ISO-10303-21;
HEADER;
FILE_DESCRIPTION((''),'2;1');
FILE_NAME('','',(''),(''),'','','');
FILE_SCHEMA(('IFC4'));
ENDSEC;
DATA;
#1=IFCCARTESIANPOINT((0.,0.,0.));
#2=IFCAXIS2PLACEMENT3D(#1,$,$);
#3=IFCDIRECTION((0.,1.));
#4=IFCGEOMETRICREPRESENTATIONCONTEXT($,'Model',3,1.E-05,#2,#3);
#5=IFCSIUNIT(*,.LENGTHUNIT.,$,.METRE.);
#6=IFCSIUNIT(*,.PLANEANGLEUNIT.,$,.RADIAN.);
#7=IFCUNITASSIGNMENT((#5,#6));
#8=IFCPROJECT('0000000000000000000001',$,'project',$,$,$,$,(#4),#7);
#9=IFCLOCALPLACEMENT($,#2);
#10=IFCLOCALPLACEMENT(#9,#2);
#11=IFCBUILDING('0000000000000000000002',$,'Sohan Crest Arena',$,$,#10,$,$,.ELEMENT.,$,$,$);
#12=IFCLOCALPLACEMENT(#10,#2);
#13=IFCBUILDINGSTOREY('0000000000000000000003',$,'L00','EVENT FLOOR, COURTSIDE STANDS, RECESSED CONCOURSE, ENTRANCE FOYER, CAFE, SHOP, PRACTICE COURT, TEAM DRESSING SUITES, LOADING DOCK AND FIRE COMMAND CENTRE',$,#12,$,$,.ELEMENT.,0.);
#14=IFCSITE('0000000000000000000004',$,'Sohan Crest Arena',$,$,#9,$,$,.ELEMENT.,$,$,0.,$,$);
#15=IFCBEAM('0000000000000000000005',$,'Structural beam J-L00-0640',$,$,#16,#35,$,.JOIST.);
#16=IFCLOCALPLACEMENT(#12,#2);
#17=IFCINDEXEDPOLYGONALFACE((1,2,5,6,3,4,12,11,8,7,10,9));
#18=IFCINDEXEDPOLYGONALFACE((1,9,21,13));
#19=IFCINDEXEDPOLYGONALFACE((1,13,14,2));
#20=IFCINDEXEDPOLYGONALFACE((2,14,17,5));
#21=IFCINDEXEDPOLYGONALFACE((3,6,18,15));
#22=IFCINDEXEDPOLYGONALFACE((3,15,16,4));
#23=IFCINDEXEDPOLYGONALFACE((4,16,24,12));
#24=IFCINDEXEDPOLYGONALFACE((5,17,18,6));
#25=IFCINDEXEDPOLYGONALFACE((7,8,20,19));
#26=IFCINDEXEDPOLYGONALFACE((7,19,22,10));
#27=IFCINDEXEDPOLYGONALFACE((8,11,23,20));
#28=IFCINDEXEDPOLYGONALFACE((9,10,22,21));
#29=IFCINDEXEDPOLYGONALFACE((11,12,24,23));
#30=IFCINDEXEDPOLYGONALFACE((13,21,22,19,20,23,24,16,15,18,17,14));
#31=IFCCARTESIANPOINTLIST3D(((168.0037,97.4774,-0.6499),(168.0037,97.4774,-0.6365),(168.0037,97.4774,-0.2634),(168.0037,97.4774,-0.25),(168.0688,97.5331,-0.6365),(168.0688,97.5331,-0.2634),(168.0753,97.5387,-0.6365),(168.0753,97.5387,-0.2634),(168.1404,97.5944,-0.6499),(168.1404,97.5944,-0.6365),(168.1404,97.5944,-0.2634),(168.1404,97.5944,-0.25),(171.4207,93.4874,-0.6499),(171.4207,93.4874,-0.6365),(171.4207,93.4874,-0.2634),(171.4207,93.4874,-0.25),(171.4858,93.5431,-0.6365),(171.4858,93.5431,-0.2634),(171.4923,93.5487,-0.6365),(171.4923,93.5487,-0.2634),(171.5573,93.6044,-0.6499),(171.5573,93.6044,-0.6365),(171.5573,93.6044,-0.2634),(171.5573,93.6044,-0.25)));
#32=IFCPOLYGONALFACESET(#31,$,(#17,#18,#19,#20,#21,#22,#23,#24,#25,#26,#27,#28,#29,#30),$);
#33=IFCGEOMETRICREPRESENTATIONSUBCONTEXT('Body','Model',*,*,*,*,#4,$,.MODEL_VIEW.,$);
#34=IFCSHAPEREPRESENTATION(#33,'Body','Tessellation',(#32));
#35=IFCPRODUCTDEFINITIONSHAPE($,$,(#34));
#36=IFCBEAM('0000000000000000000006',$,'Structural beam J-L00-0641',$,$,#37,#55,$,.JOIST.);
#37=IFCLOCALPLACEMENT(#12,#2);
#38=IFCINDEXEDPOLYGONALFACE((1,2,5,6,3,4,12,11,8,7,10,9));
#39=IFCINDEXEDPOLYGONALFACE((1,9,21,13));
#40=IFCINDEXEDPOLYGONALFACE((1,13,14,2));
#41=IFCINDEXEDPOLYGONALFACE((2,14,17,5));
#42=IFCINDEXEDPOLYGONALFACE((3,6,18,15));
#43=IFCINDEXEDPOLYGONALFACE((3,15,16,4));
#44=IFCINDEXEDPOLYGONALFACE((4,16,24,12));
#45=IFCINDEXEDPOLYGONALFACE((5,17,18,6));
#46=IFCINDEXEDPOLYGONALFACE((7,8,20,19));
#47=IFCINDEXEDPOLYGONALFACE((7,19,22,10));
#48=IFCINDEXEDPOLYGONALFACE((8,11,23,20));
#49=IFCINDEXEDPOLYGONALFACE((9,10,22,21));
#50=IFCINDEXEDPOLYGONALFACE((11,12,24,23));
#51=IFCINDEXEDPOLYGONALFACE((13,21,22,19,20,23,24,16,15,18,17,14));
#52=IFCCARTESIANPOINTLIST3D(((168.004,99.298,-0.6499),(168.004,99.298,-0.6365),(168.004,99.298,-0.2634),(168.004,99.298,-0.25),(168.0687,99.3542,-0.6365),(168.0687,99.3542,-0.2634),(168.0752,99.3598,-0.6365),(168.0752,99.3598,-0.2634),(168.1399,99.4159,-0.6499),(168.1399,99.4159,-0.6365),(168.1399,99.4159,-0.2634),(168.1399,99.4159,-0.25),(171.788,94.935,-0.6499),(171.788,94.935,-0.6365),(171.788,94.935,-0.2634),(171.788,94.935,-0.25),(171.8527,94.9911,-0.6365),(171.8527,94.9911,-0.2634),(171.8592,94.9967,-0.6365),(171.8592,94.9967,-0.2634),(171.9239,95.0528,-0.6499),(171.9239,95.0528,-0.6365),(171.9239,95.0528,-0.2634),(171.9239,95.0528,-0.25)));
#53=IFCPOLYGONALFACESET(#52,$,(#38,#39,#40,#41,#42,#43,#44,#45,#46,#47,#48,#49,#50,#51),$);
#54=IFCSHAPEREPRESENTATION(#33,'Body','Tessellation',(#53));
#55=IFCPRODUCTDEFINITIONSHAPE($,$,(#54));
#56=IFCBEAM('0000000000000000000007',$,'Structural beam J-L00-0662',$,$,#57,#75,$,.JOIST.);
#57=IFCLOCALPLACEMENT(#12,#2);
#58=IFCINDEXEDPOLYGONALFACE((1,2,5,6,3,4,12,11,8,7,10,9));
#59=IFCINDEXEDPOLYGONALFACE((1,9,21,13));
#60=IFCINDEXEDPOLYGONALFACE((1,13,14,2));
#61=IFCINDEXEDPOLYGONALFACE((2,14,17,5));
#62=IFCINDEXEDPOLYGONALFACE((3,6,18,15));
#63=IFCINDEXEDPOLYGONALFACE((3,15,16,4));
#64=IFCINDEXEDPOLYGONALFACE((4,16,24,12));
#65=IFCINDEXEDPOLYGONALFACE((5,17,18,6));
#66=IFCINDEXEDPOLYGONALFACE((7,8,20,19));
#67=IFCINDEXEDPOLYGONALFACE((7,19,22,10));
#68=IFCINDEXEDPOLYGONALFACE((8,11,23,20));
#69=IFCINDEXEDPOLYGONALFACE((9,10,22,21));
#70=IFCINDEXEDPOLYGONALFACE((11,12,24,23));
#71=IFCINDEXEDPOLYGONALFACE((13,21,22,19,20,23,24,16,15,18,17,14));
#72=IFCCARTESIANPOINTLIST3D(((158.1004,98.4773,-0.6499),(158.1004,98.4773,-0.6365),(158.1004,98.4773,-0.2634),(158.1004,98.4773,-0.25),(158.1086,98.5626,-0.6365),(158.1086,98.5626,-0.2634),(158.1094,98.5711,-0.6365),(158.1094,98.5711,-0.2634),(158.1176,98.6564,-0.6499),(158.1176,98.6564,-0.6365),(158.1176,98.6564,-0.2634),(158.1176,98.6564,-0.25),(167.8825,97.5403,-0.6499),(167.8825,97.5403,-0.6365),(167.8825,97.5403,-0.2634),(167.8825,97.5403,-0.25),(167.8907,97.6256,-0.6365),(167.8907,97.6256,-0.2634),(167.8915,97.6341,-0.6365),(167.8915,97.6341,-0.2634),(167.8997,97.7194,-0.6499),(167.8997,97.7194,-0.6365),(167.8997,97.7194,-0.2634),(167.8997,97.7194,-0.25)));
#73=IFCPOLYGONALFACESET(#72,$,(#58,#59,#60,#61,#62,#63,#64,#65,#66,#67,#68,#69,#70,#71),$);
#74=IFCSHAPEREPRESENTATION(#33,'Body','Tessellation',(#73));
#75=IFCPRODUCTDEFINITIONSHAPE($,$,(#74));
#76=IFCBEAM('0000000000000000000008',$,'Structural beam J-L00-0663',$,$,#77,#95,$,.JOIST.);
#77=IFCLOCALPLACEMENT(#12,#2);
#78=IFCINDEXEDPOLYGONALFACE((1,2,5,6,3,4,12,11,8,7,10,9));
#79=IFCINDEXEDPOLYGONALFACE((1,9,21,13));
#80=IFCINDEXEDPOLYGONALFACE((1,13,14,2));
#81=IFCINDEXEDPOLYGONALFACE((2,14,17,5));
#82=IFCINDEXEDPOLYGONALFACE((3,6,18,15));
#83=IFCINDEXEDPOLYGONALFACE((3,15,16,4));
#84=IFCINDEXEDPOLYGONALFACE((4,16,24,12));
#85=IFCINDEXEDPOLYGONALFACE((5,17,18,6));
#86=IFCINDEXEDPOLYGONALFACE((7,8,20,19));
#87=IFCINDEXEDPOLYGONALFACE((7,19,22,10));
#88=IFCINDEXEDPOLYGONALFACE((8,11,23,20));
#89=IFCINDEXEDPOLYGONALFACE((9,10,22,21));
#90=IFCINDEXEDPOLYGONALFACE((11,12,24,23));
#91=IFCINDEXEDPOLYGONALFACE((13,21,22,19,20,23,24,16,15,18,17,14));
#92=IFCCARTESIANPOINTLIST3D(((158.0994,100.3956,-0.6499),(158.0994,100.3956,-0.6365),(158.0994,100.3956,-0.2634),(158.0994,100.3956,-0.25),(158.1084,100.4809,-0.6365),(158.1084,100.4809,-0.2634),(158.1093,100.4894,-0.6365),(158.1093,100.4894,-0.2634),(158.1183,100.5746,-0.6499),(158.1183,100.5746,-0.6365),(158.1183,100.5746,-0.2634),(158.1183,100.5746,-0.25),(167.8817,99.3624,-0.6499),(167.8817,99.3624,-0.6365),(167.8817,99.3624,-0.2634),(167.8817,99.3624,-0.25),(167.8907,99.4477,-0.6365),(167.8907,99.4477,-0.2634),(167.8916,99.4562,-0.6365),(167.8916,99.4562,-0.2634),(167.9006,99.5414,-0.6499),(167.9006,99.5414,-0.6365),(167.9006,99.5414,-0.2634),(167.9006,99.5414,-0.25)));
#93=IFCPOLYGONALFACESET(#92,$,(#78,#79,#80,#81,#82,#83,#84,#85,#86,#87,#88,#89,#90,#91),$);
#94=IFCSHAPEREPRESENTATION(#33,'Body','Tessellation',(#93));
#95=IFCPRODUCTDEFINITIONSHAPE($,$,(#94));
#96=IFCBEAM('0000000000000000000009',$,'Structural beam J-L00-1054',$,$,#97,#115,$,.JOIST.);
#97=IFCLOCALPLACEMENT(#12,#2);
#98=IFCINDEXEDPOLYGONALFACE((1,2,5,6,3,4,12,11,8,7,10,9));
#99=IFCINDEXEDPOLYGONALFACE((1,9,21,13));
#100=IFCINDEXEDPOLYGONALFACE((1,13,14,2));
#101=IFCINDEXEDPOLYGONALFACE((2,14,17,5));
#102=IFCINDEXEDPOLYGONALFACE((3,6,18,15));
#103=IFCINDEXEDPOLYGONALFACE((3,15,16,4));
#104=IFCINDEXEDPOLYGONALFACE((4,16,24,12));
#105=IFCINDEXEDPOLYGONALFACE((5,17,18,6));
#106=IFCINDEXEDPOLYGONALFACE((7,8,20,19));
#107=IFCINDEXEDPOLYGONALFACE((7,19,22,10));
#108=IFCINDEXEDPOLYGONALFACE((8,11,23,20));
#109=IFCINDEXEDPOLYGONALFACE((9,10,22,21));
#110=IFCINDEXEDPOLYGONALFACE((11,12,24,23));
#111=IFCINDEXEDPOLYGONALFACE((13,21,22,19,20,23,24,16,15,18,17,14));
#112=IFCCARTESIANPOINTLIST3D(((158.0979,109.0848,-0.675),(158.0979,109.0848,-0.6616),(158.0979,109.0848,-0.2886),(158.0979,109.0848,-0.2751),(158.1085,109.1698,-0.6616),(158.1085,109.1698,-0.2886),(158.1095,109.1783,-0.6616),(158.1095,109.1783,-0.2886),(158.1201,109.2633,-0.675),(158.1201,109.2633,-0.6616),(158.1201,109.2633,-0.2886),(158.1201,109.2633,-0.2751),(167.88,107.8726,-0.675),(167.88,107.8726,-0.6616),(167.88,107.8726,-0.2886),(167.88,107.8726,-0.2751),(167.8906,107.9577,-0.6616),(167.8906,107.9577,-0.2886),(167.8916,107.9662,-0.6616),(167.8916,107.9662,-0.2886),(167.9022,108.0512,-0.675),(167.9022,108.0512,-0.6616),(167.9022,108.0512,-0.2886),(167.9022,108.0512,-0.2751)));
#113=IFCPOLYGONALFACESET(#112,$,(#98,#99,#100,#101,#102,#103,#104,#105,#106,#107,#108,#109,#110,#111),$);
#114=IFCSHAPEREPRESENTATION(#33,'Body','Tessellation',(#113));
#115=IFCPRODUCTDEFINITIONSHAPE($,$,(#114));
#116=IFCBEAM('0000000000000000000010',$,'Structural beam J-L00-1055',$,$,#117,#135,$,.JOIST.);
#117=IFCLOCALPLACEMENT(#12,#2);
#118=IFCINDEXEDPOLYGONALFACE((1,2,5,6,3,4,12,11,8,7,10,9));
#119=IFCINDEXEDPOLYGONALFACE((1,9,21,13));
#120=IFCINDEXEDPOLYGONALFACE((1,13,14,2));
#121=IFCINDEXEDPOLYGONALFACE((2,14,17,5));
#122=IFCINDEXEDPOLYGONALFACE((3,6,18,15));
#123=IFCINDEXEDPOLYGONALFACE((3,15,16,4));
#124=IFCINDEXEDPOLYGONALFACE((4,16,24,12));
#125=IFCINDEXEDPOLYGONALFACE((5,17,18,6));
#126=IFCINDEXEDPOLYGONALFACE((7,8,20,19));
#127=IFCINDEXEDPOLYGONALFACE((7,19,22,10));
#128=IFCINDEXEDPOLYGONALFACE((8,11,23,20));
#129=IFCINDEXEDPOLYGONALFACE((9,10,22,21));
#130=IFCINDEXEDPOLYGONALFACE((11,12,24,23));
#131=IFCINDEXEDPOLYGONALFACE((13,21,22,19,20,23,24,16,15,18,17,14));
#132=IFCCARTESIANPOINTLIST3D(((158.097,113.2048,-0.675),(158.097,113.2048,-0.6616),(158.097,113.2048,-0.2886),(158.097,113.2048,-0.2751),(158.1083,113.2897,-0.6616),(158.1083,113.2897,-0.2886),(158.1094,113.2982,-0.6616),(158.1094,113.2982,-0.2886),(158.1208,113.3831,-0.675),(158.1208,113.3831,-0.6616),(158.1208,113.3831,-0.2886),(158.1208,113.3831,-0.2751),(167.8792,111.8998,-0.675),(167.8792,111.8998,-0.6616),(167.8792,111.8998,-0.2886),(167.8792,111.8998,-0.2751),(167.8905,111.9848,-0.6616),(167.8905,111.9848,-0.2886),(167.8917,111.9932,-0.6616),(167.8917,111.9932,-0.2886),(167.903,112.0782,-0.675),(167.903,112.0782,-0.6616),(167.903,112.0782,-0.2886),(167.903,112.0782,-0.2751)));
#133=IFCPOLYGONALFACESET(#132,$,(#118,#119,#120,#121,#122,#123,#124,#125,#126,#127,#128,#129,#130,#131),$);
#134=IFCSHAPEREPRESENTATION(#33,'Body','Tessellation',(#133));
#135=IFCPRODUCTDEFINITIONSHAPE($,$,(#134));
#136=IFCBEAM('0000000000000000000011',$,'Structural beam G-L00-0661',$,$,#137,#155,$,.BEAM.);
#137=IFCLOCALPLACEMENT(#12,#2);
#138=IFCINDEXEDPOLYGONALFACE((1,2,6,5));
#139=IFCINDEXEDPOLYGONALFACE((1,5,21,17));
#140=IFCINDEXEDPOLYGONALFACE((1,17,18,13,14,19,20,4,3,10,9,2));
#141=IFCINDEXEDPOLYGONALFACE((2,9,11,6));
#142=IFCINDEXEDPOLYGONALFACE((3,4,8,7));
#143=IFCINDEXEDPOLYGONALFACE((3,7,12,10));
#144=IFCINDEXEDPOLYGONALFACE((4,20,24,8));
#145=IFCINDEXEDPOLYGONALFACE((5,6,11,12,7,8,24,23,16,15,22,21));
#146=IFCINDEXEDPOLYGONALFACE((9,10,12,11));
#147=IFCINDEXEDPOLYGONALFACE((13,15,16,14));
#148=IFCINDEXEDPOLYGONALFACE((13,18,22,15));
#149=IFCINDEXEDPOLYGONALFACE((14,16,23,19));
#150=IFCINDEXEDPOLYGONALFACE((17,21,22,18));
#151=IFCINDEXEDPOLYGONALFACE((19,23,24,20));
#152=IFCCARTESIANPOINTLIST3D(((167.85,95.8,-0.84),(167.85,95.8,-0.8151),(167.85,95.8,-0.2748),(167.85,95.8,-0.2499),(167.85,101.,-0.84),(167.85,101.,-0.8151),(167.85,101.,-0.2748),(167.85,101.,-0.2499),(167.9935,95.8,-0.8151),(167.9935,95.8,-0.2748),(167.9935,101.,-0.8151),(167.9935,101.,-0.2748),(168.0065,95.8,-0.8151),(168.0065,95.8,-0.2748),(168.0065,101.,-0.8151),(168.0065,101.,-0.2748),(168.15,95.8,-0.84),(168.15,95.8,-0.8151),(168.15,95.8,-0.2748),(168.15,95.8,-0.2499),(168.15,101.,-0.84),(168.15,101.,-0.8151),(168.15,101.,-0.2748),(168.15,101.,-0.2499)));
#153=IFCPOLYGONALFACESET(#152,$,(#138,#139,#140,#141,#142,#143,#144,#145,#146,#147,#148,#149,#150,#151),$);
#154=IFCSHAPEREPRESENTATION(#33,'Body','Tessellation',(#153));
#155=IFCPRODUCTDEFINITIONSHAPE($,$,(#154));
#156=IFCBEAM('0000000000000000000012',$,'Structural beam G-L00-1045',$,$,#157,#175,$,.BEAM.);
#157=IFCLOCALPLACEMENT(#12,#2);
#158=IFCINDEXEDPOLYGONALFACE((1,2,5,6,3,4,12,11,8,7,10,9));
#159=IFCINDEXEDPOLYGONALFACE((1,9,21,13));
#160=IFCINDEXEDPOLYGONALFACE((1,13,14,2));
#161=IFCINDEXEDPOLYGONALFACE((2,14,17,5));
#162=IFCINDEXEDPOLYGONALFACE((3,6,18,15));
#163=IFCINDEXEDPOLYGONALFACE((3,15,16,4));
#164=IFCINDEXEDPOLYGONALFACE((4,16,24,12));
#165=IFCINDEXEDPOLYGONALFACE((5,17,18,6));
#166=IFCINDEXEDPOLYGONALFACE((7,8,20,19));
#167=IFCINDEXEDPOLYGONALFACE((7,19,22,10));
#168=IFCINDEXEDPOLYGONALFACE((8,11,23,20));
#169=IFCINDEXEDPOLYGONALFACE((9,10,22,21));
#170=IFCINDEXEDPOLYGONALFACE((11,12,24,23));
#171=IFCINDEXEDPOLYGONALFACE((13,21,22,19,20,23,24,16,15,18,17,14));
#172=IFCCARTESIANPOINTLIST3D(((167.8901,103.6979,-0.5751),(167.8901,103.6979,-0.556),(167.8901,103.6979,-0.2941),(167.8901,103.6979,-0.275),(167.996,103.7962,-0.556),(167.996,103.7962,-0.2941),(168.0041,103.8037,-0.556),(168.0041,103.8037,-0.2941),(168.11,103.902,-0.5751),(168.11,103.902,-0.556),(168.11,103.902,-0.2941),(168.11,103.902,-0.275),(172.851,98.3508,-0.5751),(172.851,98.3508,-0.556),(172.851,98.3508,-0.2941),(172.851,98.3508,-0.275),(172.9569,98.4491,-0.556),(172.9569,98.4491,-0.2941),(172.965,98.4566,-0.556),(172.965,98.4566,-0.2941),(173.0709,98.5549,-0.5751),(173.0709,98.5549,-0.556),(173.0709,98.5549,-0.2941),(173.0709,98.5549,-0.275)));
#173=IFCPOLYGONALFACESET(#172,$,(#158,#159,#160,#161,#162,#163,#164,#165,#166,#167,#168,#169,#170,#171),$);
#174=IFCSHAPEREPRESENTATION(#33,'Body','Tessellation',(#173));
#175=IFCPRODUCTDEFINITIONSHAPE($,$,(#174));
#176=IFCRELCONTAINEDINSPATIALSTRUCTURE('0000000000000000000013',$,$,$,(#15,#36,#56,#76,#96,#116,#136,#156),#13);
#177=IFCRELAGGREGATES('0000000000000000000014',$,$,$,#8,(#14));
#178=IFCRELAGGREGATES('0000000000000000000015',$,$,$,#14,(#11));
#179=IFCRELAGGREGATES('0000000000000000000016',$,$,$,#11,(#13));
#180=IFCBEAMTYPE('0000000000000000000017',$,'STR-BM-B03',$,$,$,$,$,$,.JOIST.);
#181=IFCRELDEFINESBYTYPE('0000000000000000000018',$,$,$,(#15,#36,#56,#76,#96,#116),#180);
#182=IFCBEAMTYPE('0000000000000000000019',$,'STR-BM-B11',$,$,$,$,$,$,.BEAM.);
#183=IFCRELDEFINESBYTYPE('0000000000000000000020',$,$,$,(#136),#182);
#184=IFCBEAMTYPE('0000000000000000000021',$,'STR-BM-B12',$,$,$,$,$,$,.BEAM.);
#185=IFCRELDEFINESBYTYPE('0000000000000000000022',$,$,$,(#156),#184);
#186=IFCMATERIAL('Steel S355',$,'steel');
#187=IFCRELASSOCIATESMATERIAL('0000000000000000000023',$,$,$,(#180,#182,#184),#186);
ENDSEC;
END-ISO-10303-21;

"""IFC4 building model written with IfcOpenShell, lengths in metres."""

from ifc_helpers import new_model, si_unit, direction, frame, origin, origin_2d, place, context, subcontext, project, spatial, i_section, extrude, material, material_profile, profile_set, type_object, element, save


model = new_model("IFC4")

# Units and contexts
model_context = context("Model", 3, precision=1e-05, world=origin(), true_north=direction((0.0, 1.0)))
body_context = subcontext(model_context, "Body", "Model", "MODEL_VIEW")
ifc_project = project(units=[si_unit("LENGTHUNIT", "METRE"), si_unit("PLANEANGLEUNIT", "RADIAN")], contexts=[model_context])

# Site, building, storey
site_placement = place(None, origin())
site = spatial("IfcSite", under=ifc_project, at=site_placement, Name="Sohan Crest Arena", CompositionType="ELEMENT", RefElevation=0.0)
building_placement = place(site_placement, origin())
building = spatial("IfcBuilding", under=site, at=building_placement, Name="Sohan Crest Arena", CompositionType="ELEMENT")
storey_placement = place(building_placement, origin())
storey = spatial("IfcBuildingStorey", under=building, at=storey_placement, Name="L00", Description="EVENT FLOOR, COURTSIDE STANDS, RECESSED CONCOURSE, ENTRANCE FOYER, CAFE, SHOP, PRACTICE COURT, TEAM DRESSING SUITES, LOADING DOCK AND FIRE COMMAND CENTRE", CompositionType="ELEMENT", Elevation=0.0)

# Shared definitions
ifc_material_1 = material(Name="Steel S355", Category="steel")

# Beams
ifc_material_profile_1 = material_profile(ifc_material_1, i_section(OverallWidth=0.1799, OverallDepth=0.3999, WebThickness=0.0085, FlangeThickness=0.0134, at=origin_2d()), Name="IPE 400")
ifc_profile_set_1 = profile_set([ifc_material_profile_1], Name="Steel S355")
beam_type_1 = type_object("IfcBeamType", Name="STR-BM-B03", PredefinedType="JOIST", material=ifc_profile_set_1)
beam_1_placement = place(storey_placement, frame((171.489, 93.5459, -0.45), z_axis=(-0.650462, 0.759539, 0.0), x_axis=(-0.759539, -0.650462, 0.0)))
element("IfcBeam", 1, at=beam_1_placement, inside=storey, type_object=beam_type_1, Name="Structural beam J-L00-0640", PredefinedType="JOIST", context=body_context, shape_type="SweptSolid", body=[
    extrude(i_section(OverallWidth=0.1799, OverallDepth=0.3999, WebThickness=0.0085, FlangeThickness=0.0134, at=origin_2d()), origin(), (0.0, 0.0, 1.0), 5.2532),
])
beam_2_placement = place(storey_placement, frame((171.856, 94.9939, -0.45), z_axis=(-0.655191, 0.755463, 0.0), x_axis=(-0.755463, -0.655191, 0.0)))
element("IfcBeam", 2, at=beam_2_placement, inside=storey, type_object=beam_type_1, Name="Structural beam J-L00-0641", PredefinedType="JOIST", context=body_context, shape_type="SweptSolid", body=[
    extrude(i_section(OverallWidth=0.1799, OverallDepth=0.3999, WebThickness=0.0085, FlangeThickness=0.0134, at=origin_2d()), origin(), (0.0, 0.0, 1.0), 5.7754),
])
beam_3_placement = place(storey_placement, frame((167.8911, 97.6299, -0.45), z_axis=(-0.995444, 0.095351, 0.0), x_axis=(-0.095351, -0.995444, 0.0)))
element("IfcBeam", 3, at=beam_3_placement, inside=storey, type_object=beam_type_1, Name="Structural beam J-L00-0662", PredefinedType="JOIST", context=body_context, shape_type="SweptSolid", body=[
    extrude(i_section(OverallWidth=0.1799, OverallDepth=0.3999, WebThickness=0.0085, FlangeThickness=0.0134, at=origin_2d()), origin(), (0.0, 0.0, 1.0), 9.8269),
])
beam_4_placement = place(storey_placement, frame((167.8911, 99.4519, -0.45), z_axis=(-0.994468, 0.105036, 0.0), x_axis=(-0.105036, -0.994468, 0.0)))
element("IfcBeam", 4, at=beam_4_placement, inside=storey, type_object=beam_type_1, Name="Structural beam J-L00-0663", PredefinedType="JOIST", context=body_context, shape_type="SweptSolid", body=[
    extrude(i_section(OverallWidth=0.1799, OverallDepth=0.3999, WebThickness=0.0085, FlangeThickness=0.0134, at=origin_2d()), origin(), (0.0, 0.0, 1.0), 9.8367),
])
beam_5_placement = place(storey_placement, frame((167.8911, 107.9619, -0.4751), z_axis=(-0.99241, 0.122974, 0.0), x_axis=(-0.122974, -0.99241, 0.0)))
element("IfcBeam", 5, at=beam_5_placement, inside=storey, type_object=beam_type_1, Name="Structural beam J-L00-1054", PredefinedType="JOIST", context=body_context, shape_type="SweptSolid", body=[
    extrude(i_section(OverallWidth=0.1799, OverallDepth=0.3999, WebThickness=0.0085, FlangeThickness=0.0134, at=origin_2d()), origin(), (0.0, 0.0, 1.0), 9.8569),
])
beam_6_placement = place(storey_placement, frame((167.8911, 111.989, -0.4751), z_axis=(-0.991219, 0.132227, 0.0), x_axis=(-0.132227, -0.991219, 0.0)))
element("IfcBeam", 6, at=beam_6_placement, inside=storey, type_object=beam_type_1, Name="Structural beam J-L00-1055", PredefinedType="JOIST", context=body_context, shape_type="SweptSolid", body=[
    extrude(i_section(OverallWidth=0.1799, OverallDepth=0.3999, WebThickness=0.0085, FlangeThickness=0.0134, at=origin_2d()), origin(), (0.0, 0.0, 1.0), 9.8689),
])
ifc_material_profile_2 = material_profile(ifc_material_1, i_section(OverallWidth=0.3, OverallDepth=0.5901, WebThickness=0.0129, FlangeThickness=0.0249, at=origin_2d()), Name="HEA 600")
ifc_profile_set_2 = profile_set([ifc_material_profile_2], Name="Steel S355")
beam_type_2 = type_object("IfcBeamType", Name="STR-BM-B11", PredefinedType="BEAM", material=ifc_profile_set_2)
beam_7_placement = place(storey_placement, frame((168.0, 95.8, -0.5449), z_axis=(0.0, 1.0, 0.0), x_axis=(-1.0, 0.0, 0.0)))
element("IfcBeam", 7, at=beam_7_placement, inside=storey, type_object=beam_type_2, Name="Structural beam G-L00-0661", PredefinedType="BEAM", context=body_context, shape_type="SweptSolid", body=[
    extrude(i_section(OverallWidth=0.3, OverallDepth=0.5901, WebThickness=0.0129, FlangeThickness=0.0249, at=origin_2d()), origin(), (0.0, 0.0, 1.0), 5.2),
])
ifc_material_profile_3 = material_profile(ifc_material_1, i_section(OverallWidth=0.3, OverallDepth=0.3, WebThickness=0.011, FlangeThickness=0.019, at=origin_2d()), Name="HEB 300")
ifc_profile_set_3 = profile_set([ifc_material_profile_3], Name="Steel S355")
beam_type_3 = type_object("IfcBeamType", Name="STR-BM-B12", PredefinedType="BEAM", material=ifc_profile_set_3)
beam_8_placement = place(storey_placement, frame((172.9609, 98.4529, -0.425), z_axis=(-0.680135, 0.733087, 0.0), x_axis=(-0.733087, -0.680135, 0.0)))
element("IfcBeam", 8, at=beam_8_placement, inside=storey, type_object=beam_type_3, Name="Structural beam G-L00-1045", PredefinedType="BEAM", context=body_context, shape_type="SweptSolid", body=[
    extrude(i_section(OverallWidth=0.3, OverallDepth=0.3, WebThickness=0.011, FlangeThickness=0.019, at=origin_2d()), origin(), (0.0, 0.0, 1.0), 7.2939),
])

save(model, "model.ifc")
